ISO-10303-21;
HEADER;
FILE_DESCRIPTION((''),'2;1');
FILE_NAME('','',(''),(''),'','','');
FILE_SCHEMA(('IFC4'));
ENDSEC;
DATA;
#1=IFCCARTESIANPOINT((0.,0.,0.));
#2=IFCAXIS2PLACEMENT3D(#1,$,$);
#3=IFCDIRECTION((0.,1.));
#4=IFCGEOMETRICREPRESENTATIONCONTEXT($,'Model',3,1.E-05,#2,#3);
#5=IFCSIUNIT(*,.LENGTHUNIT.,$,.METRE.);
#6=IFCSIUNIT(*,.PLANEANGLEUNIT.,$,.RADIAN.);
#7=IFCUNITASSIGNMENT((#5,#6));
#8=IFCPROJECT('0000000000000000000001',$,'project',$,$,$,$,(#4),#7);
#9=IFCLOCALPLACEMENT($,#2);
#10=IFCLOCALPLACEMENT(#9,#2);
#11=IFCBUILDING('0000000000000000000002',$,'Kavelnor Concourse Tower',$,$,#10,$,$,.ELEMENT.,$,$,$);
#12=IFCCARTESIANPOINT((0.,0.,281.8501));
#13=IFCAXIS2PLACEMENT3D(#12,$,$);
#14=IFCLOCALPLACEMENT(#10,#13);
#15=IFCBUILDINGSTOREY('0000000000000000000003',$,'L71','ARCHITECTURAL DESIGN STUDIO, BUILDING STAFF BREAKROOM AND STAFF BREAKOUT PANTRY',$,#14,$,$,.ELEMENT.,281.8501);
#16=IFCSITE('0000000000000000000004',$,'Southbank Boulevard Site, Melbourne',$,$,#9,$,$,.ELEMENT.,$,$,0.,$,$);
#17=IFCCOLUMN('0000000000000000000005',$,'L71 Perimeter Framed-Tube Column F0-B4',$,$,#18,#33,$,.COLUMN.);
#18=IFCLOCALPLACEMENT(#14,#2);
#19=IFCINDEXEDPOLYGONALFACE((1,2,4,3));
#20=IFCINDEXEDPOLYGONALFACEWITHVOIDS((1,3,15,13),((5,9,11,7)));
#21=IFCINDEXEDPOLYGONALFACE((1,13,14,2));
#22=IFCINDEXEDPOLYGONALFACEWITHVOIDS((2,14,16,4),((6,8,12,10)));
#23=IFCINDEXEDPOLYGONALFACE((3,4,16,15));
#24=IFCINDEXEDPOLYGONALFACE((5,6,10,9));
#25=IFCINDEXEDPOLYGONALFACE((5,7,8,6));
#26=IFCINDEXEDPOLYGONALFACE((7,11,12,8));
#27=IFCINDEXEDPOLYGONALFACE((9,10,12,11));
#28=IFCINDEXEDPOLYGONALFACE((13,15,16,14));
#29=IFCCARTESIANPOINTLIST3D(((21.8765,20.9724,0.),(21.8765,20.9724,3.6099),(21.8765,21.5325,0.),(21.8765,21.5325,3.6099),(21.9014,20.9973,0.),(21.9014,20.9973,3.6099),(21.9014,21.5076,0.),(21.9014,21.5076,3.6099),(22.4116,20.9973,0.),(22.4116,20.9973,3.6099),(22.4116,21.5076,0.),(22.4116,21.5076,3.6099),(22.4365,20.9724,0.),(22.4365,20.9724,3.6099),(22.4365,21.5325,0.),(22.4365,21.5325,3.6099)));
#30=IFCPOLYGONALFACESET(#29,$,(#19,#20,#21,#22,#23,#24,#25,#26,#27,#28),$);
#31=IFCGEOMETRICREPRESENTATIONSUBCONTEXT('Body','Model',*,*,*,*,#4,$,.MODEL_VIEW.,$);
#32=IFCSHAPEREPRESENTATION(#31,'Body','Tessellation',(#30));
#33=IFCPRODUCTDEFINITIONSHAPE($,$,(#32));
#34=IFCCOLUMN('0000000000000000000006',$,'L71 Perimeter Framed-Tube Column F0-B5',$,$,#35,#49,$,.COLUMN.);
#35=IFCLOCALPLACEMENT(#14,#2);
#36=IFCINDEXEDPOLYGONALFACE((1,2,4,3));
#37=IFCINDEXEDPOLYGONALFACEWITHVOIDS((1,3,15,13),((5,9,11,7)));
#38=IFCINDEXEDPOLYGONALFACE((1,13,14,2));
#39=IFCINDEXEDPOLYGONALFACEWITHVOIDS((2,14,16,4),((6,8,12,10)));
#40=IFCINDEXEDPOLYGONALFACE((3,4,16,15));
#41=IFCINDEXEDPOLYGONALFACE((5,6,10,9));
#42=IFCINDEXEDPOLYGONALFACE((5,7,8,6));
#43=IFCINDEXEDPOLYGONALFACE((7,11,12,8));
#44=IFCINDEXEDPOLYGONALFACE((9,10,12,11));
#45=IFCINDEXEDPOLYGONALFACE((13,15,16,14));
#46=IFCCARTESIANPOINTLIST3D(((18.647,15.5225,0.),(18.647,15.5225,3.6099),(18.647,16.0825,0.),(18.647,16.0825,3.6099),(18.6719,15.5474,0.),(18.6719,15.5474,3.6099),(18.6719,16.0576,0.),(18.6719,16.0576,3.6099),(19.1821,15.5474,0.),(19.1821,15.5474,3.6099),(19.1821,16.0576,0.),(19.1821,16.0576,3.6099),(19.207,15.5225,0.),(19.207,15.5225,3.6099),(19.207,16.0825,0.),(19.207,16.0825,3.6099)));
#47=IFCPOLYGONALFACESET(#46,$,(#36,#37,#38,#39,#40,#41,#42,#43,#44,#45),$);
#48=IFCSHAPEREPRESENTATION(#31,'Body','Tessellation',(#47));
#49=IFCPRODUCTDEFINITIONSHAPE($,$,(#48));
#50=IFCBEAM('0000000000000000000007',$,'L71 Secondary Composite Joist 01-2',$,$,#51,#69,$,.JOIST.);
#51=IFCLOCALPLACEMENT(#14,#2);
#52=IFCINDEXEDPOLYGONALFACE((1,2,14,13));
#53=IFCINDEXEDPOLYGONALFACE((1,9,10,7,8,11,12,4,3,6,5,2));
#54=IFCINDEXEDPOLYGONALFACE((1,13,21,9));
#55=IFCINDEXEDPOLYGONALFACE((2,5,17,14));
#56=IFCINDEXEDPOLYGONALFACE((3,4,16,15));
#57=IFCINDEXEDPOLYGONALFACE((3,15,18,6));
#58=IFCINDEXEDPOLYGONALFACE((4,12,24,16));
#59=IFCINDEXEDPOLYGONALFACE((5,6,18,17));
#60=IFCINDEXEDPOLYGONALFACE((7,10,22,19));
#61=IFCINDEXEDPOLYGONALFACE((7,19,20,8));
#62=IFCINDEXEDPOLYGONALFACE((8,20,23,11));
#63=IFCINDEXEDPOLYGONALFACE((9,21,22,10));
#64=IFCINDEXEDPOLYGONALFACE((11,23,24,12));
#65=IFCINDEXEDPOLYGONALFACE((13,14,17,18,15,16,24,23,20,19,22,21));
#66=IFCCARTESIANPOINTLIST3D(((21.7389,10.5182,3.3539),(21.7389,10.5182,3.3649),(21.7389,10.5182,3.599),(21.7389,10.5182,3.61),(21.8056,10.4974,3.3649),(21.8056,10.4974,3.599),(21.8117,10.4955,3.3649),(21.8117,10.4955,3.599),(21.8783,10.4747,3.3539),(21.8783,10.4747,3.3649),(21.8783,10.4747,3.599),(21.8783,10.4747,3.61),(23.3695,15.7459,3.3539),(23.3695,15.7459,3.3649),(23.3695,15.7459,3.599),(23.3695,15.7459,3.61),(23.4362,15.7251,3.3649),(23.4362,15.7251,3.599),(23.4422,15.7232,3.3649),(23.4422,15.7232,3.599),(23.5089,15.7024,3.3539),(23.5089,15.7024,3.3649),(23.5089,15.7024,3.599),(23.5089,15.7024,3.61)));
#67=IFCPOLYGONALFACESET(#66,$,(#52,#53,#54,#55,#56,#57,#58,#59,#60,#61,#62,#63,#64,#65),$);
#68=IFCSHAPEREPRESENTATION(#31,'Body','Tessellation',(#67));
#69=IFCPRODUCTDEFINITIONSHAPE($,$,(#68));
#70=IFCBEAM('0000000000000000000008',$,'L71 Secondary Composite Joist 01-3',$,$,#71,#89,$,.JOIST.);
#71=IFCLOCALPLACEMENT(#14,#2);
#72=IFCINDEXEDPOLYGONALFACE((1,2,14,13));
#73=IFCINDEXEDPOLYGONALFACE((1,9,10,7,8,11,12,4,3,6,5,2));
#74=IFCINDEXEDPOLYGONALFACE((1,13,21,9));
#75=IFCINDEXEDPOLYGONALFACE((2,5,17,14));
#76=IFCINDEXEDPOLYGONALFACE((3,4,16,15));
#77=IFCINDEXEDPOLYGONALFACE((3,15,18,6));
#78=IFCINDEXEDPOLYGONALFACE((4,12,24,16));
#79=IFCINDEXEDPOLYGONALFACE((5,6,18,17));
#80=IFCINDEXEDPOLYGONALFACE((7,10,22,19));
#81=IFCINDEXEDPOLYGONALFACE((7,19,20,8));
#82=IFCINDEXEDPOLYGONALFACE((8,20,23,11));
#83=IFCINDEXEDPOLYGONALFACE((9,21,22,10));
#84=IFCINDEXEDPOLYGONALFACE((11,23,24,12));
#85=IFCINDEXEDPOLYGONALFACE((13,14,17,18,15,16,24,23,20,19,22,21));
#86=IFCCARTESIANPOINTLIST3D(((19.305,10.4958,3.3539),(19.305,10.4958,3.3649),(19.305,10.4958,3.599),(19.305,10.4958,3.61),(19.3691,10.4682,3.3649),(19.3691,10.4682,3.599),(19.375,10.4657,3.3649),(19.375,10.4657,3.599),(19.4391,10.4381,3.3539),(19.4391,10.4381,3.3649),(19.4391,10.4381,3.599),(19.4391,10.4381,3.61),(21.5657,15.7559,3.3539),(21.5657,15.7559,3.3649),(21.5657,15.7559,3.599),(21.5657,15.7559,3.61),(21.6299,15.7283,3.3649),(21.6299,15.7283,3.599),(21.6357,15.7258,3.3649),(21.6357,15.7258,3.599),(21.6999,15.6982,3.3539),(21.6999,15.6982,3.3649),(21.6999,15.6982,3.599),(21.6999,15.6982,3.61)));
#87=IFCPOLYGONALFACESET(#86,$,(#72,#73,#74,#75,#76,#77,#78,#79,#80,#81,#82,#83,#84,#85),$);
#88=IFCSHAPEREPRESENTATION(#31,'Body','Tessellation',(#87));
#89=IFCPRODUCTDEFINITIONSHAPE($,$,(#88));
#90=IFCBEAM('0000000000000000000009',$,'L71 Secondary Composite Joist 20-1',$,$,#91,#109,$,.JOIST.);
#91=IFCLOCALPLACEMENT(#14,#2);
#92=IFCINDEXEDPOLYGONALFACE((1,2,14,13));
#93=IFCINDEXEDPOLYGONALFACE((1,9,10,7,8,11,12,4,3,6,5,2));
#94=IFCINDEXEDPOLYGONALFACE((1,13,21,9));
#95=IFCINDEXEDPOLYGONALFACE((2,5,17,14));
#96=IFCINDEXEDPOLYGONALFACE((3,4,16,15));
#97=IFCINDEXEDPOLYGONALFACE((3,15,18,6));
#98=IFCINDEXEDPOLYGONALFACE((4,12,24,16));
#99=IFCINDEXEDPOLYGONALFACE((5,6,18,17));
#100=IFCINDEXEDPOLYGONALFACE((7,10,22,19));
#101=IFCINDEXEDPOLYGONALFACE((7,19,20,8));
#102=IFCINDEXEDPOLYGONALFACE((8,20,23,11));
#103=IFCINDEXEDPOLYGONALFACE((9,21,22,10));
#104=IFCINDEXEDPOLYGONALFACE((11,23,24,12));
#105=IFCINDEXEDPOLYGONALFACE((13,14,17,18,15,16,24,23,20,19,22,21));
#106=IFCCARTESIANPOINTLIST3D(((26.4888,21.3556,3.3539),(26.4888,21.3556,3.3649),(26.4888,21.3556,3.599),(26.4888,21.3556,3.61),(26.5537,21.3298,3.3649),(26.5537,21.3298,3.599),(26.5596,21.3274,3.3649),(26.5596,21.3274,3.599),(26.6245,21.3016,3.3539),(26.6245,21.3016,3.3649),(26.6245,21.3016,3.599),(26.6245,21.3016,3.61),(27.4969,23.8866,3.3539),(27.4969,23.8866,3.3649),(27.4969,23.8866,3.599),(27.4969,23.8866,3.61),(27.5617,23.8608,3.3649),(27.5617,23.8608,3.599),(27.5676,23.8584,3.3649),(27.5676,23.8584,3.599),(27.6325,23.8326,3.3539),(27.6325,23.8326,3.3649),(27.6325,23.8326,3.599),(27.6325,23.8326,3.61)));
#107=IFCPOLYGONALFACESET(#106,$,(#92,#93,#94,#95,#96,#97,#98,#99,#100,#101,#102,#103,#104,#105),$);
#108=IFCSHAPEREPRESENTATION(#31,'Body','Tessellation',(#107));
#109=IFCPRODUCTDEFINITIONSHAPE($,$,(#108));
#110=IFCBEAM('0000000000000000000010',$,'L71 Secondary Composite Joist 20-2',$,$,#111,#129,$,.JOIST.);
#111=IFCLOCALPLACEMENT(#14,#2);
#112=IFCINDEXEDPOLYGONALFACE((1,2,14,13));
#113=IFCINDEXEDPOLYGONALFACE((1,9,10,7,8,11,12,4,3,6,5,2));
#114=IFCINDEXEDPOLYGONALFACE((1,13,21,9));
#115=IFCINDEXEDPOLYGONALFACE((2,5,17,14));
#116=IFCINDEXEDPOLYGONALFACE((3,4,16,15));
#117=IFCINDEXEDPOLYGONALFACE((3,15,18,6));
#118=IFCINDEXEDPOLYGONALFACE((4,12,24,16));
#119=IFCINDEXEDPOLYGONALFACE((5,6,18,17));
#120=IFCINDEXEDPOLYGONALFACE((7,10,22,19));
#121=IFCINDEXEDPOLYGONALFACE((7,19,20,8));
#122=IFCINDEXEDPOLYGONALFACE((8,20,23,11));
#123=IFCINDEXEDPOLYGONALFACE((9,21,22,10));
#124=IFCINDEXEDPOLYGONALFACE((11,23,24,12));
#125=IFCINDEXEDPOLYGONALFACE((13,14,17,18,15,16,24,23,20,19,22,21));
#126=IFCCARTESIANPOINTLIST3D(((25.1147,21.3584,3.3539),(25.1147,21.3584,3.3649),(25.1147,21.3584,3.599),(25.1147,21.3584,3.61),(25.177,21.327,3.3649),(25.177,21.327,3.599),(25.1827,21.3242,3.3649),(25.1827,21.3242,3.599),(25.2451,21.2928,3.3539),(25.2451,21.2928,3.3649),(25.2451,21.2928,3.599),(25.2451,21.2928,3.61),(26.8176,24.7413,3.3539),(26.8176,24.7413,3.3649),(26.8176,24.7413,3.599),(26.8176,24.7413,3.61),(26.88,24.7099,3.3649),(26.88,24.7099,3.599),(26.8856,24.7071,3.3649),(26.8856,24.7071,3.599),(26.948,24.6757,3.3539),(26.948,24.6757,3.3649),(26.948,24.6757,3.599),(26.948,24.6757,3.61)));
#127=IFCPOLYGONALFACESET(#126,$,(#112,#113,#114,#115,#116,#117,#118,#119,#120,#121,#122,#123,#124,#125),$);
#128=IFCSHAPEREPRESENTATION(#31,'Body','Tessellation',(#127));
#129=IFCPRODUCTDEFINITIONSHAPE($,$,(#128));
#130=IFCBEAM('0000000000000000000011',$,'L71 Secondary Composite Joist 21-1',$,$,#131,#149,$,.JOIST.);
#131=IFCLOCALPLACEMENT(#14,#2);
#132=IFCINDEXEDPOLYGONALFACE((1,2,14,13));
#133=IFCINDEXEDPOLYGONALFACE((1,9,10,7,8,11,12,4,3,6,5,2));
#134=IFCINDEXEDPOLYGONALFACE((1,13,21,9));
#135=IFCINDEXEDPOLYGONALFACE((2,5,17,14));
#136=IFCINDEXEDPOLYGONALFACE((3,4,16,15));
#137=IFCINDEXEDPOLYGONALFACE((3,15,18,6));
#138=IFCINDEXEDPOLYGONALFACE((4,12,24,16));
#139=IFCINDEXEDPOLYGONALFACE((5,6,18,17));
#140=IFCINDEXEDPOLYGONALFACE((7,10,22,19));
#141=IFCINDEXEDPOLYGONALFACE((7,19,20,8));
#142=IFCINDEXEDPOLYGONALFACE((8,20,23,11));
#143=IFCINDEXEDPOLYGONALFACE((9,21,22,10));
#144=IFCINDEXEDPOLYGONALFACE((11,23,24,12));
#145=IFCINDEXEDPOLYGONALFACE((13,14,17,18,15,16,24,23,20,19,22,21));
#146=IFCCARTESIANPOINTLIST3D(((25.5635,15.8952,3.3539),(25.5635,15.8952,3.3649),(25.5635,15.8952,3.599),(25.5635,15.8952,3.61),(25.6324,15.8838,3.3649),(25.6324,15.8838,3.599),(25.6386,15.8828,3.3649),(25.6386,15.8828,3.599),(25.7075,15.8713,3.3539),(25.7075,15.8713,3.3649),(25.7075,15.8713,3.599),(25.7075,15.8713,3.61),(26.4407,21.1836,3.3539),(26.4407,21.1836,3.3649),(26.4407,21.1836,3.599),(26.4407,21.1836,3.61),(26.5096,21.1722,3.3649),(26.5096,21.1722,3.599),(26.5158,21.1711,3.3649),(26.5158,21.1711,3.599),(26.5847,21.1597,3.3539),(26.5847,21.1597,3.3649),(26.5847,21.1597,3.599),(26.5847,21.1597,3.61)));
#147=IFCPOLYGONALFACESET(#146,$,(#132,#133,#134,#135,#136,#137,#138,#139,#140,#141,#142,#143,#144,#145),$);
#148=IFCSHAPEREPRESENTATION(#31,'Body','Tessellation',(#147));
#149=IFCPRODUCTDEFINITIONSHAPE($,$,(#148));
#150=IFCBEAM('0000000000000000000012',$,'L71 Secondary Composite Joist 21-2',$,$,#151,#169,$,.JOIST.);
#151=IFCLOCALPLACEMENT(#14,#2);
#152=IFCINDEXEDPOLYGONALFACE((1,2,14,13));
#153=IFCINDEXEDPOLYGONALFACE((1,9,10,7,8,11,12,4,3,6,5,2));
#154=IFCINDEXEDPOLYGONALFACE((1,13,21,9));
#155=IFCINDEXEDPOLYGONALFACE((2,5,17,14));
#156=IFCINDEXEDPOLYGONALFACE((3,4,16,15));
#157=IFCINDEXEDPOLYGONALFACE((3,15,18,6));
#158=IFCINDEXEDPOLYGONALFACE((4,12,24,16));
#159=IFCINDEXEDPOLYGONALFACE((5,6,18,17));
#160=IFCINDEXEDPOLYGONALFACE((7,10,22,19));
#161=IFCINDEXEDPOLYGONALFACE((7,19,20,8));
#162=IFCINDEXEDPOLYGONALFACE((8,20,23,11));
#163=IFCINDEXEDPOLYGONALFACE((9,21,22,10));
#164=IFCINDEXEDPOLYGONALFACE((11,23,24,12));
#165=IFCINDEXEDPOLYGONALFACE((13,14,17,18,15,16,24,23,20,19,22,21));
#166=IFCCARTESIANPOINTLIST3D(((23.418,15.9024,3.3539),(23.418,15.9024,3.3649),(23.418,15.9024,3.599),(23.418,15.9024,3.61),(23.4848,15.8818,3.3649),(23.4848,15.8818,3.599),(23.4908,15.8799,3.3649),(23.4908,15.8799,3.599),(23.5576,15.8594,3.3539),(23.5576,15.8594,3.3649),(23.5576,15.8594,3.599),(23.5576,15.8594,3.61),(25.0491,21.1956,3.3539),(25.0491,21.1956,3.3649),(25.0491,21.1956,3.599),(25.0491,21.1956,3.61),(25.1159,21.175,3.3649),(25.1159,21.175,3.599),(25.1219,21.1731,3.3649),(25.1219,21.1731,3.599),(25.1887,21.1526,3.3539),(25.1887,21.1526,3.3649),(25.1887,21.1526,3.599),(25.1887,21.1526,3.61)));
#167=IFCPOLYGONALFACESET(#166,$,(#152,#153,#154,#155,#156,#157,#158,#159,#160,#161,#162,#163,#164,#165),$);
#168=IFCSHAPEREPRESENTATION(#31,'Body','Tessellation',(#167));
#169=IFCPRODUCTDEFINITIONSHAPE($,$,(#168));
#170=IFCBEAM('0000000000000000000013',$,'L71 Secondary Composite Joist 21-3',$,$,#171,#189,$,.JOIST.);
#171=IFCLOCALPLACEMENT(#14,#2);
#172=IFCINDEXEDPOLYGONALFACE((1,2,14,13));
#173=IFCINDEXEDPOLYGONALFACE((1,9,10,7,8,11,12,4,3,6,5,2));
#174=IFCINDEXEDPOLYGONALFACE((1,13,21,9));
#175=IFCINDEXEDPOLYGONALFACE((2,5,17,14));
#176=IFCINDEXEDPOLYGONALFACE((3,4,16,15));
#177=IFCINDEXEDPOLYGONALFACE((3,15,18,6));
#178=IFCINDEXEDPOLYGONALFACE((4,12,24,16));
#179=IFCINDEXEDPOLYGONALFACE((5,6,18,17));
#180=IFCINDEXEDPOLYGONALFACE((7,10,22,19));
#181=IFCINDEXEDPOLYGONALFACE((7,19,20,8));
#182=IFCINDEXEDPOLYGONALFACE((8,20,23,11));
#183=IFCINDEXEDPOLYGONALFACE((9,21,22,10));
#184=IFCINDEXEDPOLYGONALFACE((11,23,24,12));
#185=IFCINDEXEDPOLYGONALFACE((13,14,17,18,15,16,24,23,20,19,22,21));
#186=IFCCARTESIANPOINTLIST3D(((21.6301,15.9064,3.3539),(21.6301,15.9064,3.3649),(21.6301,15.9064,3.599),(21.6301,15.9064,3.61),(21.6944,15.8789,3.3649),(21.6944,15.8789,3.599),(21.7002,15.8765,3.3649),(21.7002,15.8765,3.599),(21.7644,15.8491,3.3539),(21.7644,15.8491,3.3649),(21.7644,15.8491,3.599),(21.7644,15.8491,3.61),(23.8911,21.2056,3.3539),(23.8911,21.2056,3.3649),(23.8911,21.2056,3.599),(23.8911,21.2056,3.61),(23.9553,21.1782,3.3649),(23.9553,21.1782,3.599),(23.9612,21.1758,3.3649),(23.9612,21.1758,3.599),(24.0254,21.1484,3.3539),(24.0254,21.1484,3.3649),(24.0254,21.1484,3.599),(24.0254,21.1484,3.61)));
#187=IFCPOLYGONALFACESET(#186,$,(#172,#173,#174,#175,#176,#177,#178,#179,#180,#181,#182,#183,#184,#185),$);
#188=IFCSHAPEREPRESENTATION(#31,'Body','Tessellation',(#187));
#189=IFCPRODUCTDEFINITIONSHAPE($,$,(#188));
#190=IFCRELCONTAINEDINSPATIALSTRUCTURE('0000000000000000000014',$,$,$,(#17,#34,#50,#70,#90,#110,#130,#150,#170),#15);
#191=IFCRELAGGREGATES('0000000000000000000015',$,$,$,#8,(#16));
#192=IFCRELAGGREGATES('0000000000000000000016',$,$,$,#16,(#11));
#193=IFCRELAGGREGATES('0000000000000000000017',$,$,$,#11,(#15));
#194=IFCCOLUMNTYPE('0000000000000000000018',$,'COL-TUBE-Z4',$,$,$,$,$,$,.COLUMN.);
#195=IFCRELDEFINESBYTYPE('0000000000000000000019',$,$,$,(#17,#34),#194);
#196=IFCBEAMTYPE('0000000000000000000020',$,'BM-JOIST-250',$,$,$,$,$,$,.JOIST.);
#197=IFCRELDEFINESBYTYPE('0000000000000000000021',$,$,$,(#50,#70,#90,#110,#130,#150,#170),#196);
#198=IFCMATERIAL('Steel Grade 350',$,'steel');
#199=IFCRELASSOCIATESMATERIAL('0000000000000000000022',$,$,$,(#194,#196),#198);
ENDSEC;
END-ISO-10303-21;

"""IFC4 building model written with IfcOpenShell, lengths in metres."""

from ifc_helpers import new_model, si_unit, direction, frame, origin, origin_2d, place, context, subcontext, project, spatial, hollow_rectangle, i_section, extrude, material, material_profile, profile_set, type_object, element, save


model = new_model("IFC4")

# Units and contexts
model_context = context("Model", 3, precision=1e-05, world=origin(), true_north=direction((0.0, 1.0)))
body_context = subcontext(model_context, "Body", "Model", "MODEL_VIEW")
ifc_project = project(units=[si_unit("LENGTHUNIT", "METRE"), si_unit("PLANEANGLEUNIT", "RADIAN")], contexts=[model_context])

# Site, building, storey
site_placement = place(None, origin())
site = spatial("IfcSite", under=ifc_project, at=site_placement, Name="Southbank Boulevard Site, Melbourne", CompositionType="ELEMENT", RefElevation=0.0)
building_placement = place(site_placement, origin())
building = spatial("IfcBuilding", under=site, at=building_placement, Name="Kavelnor Concourse Tower", CompositionType="ELEMENT")
storey_placement = place(building_placement, frame((0.0, 0.0, 281.8501)))
storey = spatial("IfcBuildingStorey", under=building, at=storey_placement, Name="L71", Description="ARCHITECTURAL DESIGN STUDIO, BUILDING STAFF BREAKROOM AND STAFF BREAKOUT PANTRY", CompositionType="ELEMENT", Elevation=281.8501)

# Columns
ifc_material_1 = material(Name="Steel Grade 350", Category="steel")
ifc_material_profile_1 = material_profile(ifc_material_1, hollow_rectangle(XDim=0.5601, YDim=0.5601, WallThickness=0.0249, at=origin_2d()), Name="SHS 560x560x25")
ifc_profile_set_1 = profile_set([ifc_material_profile_1], Name="Steel Grade 350")
column_type = type_object("IfcColumnType", Name="COL-TUBE-Z4", PredefinedType="COLUMN", material=ifc_profile_set_1)
for number, where, z_axis, x_axis, name in (
    (1, (22.1565, 21.2524, 0.0), (0.0, 0.0, 1.0), (1.0, 0.0, 0.0), "L71 Perimeter Framed-Tube Column F0-B4"),
    (2, (18.927, 15.8025, 0.0), (0.0, 0.0, 1.0), (1.0, 0.0, 0.0), "L71 Perimeter Framed-Tube Column F0-B5"),
):
    element("IfcColumn", number, at=place(storey_placement, frame(where, z_axis=z_axis, x_axis=x_axis)), inside=storey, type_object=column_type, Name=name, PredefinedType="COLUMN", context=body_context, shape_type="SweptSolid", body=[
        extrude(hollow_rectangle(XDim=0.5601, YDim=0.5601, WallThickness=0.0249, at=origin_2d()), origin(), (0.0, 0.0, 1.0), 3.6099),
    ])

# Beams
ifc_material_profile_2 = material_profile(ifc_material_1, i_section(OverallWidth=0.146, OverallDepth=0.2561, WebThickness=0.0063, FlangeThickness=0.011, at=origin_2d()), Name="250UB37")
ifc_profile_set_2 = profile_set([ifc_material_profile_2], Name="Steel Grade 350")
beam_type_1 = type_object("IfcBeamType", Name="BM-JOIST-250", PredefinedType="JOIST", material=ifc_profile_set_2)
beam_1_placement = place(storey_placement, frame((23.4392, 15.7241, 3.4819), z_axis=(-0.297765, -0.954639, 0.0), x_axis=(0.954639, -0.297765, 0.0)))
element("IfcBeam", 3, at=beam_1_placement, inside=storey, type_object=beam_type_1, Name="L71 Secondary Composite Joist 01-2", PredefinedType="JOIST", context=body_context, shape_type="SweptSolid", body=[
    extrude(i_section(OverallWidth=0.146, OverallDepth=0.2561, WebThickness=0.0063, FlangeThickness=0.011, at=origin_2d()), origin(), (0.0, 0.0, 1.0), 5.4761),
])
beam_2_placement = place(storey_placement, frame((21.6328, 15.7271, 3.4819), z_axis=(-0.394871, -0.918736, 0.0), x_axis=(0.918736, -0.394871, 0.0)))
element("IfcBeam", 4, at=beam_2_placement, inside=storey, type_object=beam_type_1, Name="L71 Secondary Composite Joist 01-3", PredefinedType="JOIST", context=body_context, shape_type="SweptSolid", body=[
    extrude(i_section(OverallWidth=0.146, OverallDepth=0.2561, WebThickness=0.0063, FlangeThickness=0.011, at=origin_2d()), origin(), (0.0, 0.0, 1.0), 5.7253),
])
beam_3_placement = place(storey_placement, frame((27.5647, 23.8596, 3.4819), z_axis=(-0.370015, -0.929026, 0.0), x_axis=(0.929026, -0.370015, 0.0)))
element("IfcBeam", 5, at=beam_3_placement, inside=storey, type_object=beam_type_1, Name="L71 Secondary Composite Joist 20-1", PredefinedType="JOIST", context=body_context, shape_type="SweptSolid", body=[
    extrude(i_section(OverallWidth=0.146, OverallDepth=0.2561, WebThickness=0.0063, FlangeThickness=0.011, at=origin_2d()), origin(), (0.0, 0.0, 1.0), 2.7244),
])
beam_4_placement = place(storey_placement, frame((26.8828, 24.7085, 3.4819), z_axis=(-0.449636, -0.893212, 0.0), x_axis=(0.893212, -0.449636, 0.0)))
element("IfcBeam", 6, at=beam_4_placement, inside=storey, type_object=beam_type_1, Name="L71 Secondary Composite Joist 20-2", PredefinedType="JOIST", context=body_context, shape_type="SweptSolid", body=[
    extrude(i_section(OverallWidth=0.146, OverallDepth=0.2561, WebThickness=0.0063, FlangeThickness=0.011, at=origin_2d()), origin(), (0.0, 0.0, 1.0), 3.7874),
])
beam_5_placement = place(storey_placement, frame((26.5127, 21.1716, 3.4819), z_axis=(-0.163638, -0.98652, 0.0), x_axis=(0.98652, -0.163638, 0.0)))
element("IfcBeam", 7, at=beam_5_placement, inside=storey, type_object=beam_type_1, Name="L71 Secondary Composite Joist 21-1", PredefinedType="JOIST", context=body_context, shape_type="SweptSolid", body=[
    extrude(i_section(OverallWidth=0.146, OverallDepth=0.2561, WebThickness=0.0063, FlangeThickness=0.011, at=origin_2d()), origin(), (0.0, 0.0, 1.0), 5.3606),
])
beam_6_placement = place(storey_placement, frame((25.1189, 21.1741, 3.4819), z_axis=(-0.294485, -0.955656, 0.0), x_axis=(0.955656, -0.294485, 0.0)))
element("IfcBeam", 8, at=beam_6_placement, inside=storey, type_object=beam_type_1, Name="L71 Secondary Composite Joist 21-2", PredefinedType="JOIST", context=body_context, shape_type="SweptSolid", body=[
    extrude(i_section(OverallWidth=0.146, OverallDepth=0.2561, WebThickness=0.0063, FlangeThickness=0.011, at=origin_2d()), origin(), (0.0, 0.0, 1.0), 5.5388),
])
beam_7_placement = place(storey_placement, frame((23.9583, 21.177, 3.4819), z_axis=(-0.392431, -0.919782, 0.0), x_axis=(0.919782, -0.392431, 0.0)))
element("IfcBeam", 9, at=beam_7_placement, inside=storey, type_object=beam_type_1, Name="L71 Secondary Composite Joist 21-3", PredefinedType="JOIST", context=body_context, shape_type="SweptSolid", body=[
    extrude(i_section(OverallWidth=0.146, OverallDepth=0.2561, WebThickness=0.0063, FlangeThickness=0.011, at=origin_2d()), origin(), (0.0, 0.0, 1.0), 5.7615),
])

save(model, "model.ifc")
